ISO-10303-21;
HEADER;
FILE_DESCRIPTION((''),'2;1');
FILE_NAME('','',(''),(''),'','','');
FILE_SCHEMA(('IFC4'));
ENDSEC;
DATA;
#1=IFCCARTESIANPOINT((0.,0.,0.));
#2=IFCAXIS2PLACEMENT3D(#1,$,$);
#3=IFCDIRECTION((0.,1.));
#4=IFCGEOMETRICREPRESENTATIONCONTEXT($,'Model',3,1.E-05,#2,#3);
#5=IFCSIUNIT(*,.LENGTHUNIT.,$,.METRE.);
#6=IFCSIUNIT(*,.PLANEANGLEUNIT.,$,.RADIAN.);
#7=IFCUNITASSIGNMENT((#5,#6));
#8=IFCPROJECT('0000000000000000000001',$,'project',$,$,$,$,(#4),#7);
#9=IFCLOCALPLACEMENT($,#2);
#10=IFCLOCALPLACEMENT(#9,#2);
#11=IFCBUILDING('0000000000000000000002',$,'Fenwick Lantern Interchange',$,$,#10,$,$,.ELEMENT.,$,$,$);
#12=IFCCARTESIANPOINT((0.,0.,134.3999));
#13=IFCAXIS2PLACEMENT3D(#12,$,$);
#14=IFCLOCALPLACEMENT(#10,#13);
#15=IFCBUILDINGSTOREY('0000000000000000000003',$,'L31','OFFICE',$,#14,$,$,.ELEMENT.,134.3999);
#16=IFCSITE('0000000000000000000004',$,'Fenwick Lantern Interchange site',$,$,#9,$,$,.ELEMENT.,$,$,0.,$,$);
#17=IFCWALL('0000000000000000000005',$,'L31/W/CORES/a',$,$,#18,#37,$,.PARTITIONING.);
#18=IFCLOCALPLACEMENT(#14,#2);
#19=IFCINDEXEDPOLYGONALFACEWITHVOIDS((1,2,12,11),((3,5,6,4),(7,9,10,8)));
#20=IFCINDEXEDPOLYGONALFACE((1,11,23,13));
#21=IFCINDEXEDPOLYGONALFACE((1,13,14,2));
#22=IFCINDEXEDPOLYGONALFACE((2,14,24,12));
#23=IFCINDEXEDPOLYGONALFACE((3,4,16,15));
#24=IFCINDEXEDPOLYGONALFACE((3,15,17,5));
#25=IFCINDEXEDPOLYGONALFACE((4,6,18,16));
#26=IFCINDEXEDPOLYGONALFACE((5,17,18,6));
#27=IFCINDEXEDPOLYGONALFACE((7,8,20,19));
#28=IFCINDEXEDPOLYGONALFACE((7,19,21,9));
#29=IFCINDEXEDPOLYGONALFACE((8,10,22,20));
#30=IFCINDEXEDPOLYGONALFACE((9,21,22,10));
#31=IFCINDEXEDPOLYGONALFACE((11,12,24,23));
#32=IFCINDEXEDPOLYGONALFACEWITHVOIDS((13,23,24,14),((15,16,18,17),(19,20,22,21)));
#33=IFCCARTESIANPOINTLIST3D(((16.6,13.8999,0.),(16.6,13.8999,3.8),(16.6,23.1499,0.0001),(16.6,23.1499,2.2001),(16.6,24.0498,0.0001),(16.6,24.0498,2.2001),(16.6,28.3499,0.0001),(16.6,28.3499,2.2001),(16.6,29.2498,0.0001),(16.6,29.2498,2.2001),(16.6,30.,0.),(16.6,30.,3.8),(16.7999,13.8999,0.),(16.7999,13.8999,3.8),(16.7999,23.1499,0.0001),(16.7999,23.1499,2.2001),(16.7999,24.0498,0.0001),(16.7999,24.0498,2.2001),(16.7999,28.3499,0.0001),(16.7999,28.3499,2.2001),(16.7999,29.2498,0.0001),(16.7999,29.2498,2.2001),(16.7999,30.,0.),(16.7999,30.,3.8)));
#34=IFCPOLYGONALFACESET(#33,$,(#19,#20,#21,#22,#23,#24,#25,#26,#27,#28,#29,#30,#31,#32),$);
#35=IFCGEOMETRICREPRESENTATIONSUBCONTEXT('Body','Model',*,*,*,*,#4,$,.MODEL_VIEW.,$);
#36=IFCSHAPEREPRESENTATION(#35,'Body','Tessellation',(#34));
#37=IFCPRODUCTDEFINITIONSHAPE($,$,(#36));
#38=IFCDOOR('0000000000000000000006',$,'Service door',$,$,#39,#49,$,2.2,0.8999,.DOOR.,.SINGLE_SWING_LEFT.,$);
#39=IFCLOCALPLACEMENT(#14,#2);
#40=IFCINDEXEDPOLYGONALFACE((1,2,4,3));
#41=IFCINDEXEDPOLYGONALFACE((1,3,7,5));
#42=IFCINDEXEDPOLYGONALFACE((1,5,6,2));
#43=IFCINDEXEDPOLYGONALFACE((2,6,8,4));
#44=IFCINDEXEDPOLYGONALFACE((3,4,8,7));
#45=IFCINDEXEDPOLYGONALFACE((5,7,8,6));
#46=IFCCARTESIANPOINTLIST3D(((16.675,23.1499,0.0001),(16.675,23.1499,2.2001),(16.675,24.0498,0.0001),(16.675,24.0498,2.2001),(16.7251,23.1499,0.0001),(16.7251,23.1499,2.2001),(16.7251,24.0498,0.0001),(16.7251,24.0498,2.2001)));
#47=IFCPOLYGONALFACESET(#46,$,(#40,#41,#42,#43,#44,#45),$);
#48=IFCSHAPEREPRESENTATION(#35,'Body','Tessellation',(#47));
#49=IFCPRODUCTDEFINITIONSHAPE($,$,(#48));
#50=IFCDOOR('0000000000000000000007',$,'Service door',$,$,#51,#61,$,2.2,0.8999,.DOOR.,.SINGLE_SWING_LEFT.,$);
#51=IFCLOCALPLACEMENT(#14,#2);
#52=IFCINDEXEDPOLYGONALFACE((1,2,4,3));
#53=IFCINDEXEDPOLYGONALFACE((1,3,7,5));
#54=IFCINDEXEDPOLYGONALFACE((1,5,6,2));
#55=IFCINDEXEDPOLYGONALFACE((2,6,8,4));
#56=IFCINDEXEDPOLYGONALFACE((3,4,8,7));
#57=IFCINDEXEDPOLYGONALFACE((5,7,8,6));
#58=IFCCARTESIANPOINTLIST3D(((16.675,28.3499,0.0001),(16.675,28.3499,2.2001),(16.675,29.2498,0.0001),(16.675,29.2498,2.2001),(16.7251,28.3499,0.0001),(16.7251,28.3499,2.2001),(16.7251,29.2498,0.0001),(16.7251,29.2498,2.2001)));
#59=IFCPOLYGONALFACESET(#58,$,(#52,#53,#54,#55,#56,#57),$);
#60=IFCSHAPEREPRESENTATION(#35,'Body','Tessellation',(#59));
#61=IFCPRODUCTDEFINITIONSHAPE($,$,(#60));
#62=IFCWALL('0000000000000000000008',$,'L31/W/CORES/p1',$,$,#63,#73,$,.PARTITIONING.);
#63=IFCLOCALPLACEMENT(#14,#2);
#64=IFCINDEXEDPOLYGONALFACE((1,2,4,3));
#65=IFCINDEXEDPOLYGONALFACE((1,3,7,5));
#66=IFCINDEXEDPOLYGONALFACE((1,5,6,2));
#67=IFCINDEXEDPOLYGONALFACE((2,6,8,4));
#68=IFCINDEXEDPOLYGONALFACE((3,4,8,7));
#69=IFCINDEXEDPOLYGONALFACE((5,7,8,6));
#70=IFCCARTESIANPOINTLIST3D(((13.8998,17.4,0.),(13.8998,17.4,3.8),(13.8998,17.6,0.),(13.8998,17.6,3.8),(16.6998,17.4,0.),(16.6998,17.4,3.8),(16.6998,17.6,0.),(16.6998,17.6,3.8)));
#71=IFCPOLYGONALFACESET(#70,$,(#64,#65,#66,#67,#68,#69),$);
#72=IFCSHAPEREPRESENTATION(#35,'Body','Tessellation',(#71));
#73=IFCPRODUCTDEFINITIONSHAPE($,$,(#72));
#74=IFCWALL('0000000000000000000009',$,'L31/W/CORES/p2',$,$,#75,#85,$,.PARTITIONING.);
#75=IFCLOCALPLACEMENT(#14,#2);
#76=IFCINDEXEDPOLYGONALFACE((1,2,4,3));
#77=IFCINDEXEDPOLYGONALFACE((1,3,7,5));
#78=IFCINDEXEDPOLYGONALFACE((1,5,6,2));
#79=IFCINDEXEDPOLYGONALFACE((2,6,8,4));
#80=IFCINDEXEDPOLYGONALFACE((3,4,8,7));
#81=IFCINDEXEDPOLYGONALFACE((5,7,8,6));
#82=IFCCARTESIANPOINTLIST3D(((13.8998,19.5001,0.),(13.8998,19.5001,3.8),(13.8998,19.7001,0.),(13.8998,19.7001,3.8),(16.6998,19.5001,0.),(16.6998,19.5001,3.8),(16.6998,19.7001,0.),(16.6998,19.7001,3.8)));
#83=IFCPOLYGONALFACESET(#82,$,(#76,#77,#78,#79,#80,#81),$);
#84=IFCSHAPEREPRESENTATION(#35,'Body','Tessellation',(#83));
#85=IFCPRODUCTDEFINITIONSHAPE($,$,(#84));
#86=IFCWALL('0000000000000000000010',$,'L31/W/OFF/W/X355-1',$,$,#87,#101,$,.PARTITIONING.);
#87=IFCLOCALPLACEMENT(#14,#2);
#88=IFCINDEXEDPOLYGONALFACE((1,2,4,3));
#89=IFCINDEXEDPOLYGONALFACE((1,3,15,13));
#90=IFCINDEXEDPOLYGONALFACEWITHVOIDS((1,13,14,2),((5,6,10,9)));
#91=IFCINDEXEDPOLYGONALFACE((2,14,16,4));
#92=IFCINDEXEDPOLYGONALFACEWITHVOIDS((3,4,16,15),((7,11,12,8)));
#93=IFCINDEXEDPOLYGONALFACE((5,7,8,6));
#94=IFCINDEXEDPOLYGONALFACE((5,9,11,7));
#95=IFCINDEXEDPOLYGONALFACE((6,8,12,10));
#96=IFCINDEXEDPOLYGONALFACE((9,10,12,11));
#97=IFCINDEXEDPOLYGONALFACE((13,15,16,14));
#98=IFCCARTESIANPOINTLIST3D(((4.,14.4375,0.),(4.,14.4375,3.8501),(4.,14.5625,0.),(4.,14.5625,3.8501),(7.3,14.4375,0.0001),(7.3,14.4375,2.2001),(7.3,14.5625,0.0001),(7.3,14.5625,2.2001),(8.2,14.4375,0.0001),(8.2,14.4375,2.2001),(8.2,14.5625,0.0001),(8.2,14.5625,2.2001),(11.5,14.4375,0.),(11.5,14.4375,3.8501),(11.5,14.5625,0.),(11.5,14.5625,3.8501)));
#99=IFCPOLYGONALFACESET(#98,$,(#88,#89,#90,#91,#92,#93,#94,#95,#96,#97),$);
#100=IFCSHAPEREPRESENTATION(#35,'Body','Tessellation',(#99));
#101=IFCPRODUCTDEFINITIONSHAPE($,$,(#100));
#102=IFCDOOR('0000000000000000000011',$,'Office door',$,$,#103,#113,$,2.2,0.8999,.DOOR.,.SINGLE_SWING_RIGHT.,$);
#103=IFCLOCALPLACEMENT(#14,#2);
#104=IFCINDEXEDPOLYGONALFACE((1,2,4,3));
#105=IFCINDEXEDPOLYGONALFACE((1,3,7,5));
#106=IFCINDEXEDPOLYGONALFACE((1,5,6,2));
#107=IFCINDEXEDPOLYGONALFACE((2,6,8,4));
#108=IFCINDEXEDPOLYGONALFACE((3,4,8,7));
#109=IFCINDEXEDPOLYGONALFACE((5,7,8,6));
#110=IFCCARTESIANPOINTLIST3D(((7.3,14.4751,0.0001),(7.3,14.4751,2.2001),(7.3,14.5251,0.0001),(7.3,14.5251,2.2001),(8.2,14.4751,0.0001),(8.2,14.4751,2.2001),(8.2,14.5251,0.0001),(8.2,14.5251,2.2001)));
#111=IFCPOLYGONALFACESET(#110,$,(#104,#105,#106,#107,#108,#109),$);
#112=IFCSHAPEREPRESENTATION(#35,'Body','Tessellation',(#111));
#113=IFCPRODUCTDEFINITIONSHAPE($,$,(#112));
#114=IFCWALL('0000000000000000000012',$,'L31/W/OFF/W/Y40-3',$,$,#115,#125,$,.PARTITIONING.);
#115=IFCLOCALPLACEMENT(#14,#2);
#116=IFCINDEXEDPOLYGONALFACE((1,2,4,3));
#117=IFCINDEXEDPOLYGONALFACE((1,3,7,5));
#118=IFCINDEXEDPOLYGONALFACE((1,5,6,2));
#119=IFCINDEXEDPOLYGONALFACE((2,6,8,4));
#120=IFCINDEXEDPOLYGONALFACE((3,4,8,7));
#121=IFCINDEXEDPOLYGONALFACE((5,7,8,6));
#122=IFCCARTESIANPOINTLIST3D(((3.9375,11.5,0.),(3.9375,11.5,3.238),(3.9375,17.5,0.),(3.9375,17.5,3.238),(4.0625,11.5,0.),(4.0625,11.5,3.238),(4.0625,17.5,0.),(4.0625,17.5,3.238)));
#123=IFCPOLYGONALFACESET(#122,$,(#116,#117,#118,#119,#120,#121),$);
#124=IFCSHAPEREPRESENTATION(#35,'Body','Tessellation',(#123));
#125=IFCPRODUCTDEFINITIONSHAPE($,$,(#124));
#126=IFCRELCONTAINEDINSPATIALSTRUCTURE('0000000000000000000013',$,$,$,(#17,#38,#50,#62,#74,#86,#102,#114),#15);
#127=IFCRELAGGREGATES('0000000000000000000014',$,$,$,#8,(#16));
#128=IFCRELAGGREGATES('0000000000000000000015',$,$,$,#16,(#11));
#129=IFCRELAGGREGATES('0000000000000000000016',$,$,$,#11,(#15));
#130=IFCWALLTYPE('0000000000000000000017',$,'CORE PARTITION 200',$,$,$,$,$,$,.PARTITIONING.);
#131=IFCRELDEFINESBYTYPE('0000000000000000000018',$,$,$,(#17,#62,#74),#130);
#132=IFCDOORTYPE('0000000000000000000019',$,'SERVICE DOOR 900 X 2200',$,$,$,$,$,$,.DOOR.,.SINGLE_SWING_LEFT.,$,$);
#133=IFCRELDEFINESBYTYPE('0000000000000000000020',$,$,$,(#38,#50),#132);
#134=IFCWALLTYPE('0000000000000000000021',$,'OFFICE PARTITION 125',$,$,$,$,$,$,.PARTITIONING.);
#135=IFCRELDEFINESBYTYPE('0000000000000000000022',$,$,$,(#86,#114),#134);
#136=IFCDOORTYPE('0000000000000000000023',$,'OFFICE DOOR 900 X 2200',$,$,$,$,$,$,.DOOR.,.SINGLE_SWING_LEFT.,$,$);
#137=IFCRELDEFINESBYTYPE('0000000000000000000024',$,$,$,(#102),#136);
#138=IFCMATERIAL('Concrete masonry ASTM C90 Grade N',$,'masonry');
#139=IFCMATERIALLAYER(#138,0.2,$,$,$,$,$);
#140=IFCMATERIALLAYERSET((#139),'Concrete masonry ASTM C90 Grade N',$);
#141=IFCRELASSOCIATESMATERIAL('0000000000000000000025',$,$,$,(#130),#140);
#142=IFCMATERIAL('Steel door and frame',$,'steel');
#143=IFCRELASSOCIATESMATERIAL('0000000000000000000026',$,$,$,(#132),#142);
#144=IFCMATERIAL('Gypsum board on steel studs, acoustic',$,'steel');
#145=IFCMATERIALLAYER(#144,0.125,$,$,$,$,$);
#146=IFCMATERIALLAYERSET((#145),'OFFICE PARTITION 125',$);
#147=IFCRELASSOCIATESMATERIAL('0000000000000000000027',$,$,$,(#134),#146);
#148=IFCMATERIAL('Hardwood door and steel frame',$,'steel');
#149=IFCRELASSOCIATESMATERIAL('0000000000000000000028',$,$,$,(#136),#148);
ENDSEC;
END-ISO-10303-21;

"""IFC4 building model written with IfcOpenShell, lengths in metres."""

from ifc_helpers import new_model, si_unit, direction, frame, frame_2d, origin, place, context, subcontext, project, spatial, rectangle, extrude, material, layer, layer_set, type_object, element, fill, save


model = new_model("IFC4")

# Units and contexts
model_context = context("Model", 3, precision=1e-05, world=origin(), true_north=direction((0.0, 1.0)))
body_context = subcontext(model_context, "Body", "Model", "MODEL_VIEW")
ifc_project = project(units=[si_unit("LENGTHUNIT", "METRE"), si_unit("PLANEANGLEUNIT", "RADIAN")], contexts=[model_context])

# Site, building, storey
site_placement = place(None, origin())
site = spatial("IfcSite", under=ifc_project, at=site_placement, Name="Fenwick Lantern Interchange site", CompositionType="ELEMENT", RefElevation=0.0)
building_placement = place(site_placement, origin())
building = spatial("IfcBuilding", under=site, at=building_placement, Name="Fenwick Lantern Interchange", CompositionType="ELEMENT")
storey_placement = place(building_placement, frame((0.0, 0.0, 134.3999)))
storey = spatial("IfcBuildingStorey", under=building, at=storey_placement, Name="L31", Description="OFFICE", CompositionType="ELEMENT", Elevation=134.3999)

# Wall, openings, doors
ifc_material_1 = material(Name="Concrete masonry ASTM C90 Grade N", Category="masonry")
ifc_layer_1 = layer(ifc_material_1, 0.2)
ifc_layer_set_1 = layer_set([ifc_layer_1], Name="Concrete masonry ASTM C90 Grade N")
wall_type_1 = type_object("IfcWallType", Name="CORE PARTITION 200", PredefinedType="PARTITIONING", material=ifc_layer_set_1)
wall_1_placement = place(storey_placement, frame((16.7, 13.8999, 0.0), z_axis=(0.0, 0.0, 1.0), x_axis=(0.0, 1.0, 0.0)))
wall_1 = element("IfcWall", 1, at=wall_1_placement, inside=storey, type_object=wall_type_1, Name="L31/W/CORES/a", PredefinedType="PARTITIONING", context=body_context, shape_type="SweptSolid", body=[
    extrude(rectangle(XDim=16.1001, YDim=0.2, at=frame_2d((8.05, 0.0))), origin(), (0.0, 0.0, 1.0), 3.8),
])
opening_1_placement = place(wall_1_placement, frame((9.25, 0.0, 0.0)))
opening_1 = element("IfcOpeningElement", 2, at=opening_1_placement, cuts=wall_1, PredefinedType="OPENING", context=body_context, shape_type="SweptSolid", body=[
    extrude(rectangle(XDim=0.8999, YDim=2.2, at=frame_2d((0.45, 1.1001))), frame((0.0, 0.1099, 0.0), z_axis=(0.0, -1.0, 0.0), x_axis=(1.0, 0.0, 0.0)), (0.0, 0.0, 1.0), 0.22),
])
opening_2_placement = place(wall_1_placement, frame((14.45, 0.0, 0.0)))
opening_2 = element("IfcOpeningElement", 3, at=opening_2_placement, cuts=wall_1, PredefinedType="OPENING", context=body_context, shape_type="SweptSolid", body=[
    extrude(rectangle(XDim=0.8999, YDim=2.2, at=frame_2d((0.45, 1.1001))), frame((0.0, 0.1099, 0.0), z_axis=(0.0, -1.0, 0.0), x_axis=(1.0, 0.0, 0.0)), (0.0, 0.0, 1.0), 0.22),
])
ifc_material_2 = material(Name="Steel door and frame", Category="steel")
door_type_1 = type_object("IfcDoorType", Name="SERVICE DOOR 900 X 2200", OperationType="SINGLE_SWING_LEFT", PredefinedType="DOOR", material=ifc_material_2)
door_1_placement = place(opening_1_placement, origin())
door_1 = element("IfcDoor", 4, at=door_1_placement, inside=storey, type_object=door_type_1, Name="Service door", OperationType="SINGLE_SWING_LEFT", OverallHeight=2.2, OverallWidth=0.8999, PredefinedType="DOOR", context=body_context, shape_type="SweptSolid", body=[
    extrude(rectangle(XDim=0.8999, YDim=2.2, at=frame_2d((0.45, 1.1001))), frame((0.0, 0.0249, 0.0), z_axis=(0.0, -1.0, 0.0), x_axis=(1.0, 0.0, 0.0)), (0.0, 0.0, 1.0), 0.05),
])
fill(opening_1, door_1)
door_2_placement = place(opening_2_placement, origin())
door_2 = element("IfcDoor", 5, at=door_2_placement, inside=storey, type_object=door_type_1, Name="Service door", OperationType="SINGLE_SWING_LEFT", OverallHeight=2.2, OverallWidth=0.8999, PredefinedType="DOOR", context=body_context, shape_type="SweptSolid", body=[
    extrude(rectangle(XDim=0.8999, YDim=2.2, at=frame_2d((0.45, 1.1001))), frame((0.0, 0.0249, 0.0), z_axis=(0.0, -1.0, 0.0), x_axis=(1.0, 0.0, 0.0)), (0.0, 0.0, 1.0), 0.05),
])
fill(opening_2, door_2)

# Walls
for number, where, z_axis, x_axis, name in (
    (6, (13.8999, 17.5, 0.0), (0.0, 0.0, 1.0), (1.0, 0.0, 0.0), "L31/W/CORES/p1"),
    (7, (13.8999, 19.6001, 0.0), (0.0, 0.0, 1.0), (1.0, 0.0, 0.0), "L31/W/CORES/p2"),
):
    element("IfcWall", number, at=place(storey_placement, frame(where, z_axis=z_axis, x_axis=x_axis)), inside=storey, type_object=wall_type_1, Name=name, PredefinedType="PARTITIONING", context=body_context, shape_type="SweptSolid", body=[
        extrude(rectangle(XDim=2.8, YDim=0.2, at=frame_2d((1.3999, 0.0))), origin(), (0.0, 0.0, 1.0), 3.8),
    ])

# Shared definitions
ifc_material_3 = material(Name="Hardwood door and steel frame", Category="steel")

# Wall, opening, door
ifc_material_4 = material(Name="Gypsum board on steel studs, acoustic", Category="steel")
ifc_layer_2 = layer(ifc_material_4, 0.125)
ifc_layer_set_2 = layer_set([ifc_layer_2], Name="OFFICE PARTITION 125")
wall_type_2 = type_object("IfcWallType", Name="OFFICE PARTITION 125", PredefinedType="PARTITIONING", material=ifc_layer_set_2)
wall_2_placement = place(storey_placement, frame((4.0, 14.5, 0.0), z_axis=(0.0, 0.0, 1.0), x_axis=(1.0, 0.0, 0.0)))
wall_2 = element("IfcWall", 8, at=wall_2_placement, inside=storey, type_object=wall_type_2, Name="L31/W/OFF/W/X355-1", PredefinedType="PARTITIONING", context=body_context, shape_type="SweptSolid", body=[
    extrude(rectangle(XDim=7.5, YDim=0.125, at=frame_2d((3.75, 0.0))), origin(), (0.0, 0.0, 1.0), 3.8501),
])
opening_3_placement = place(wall_2_placement, frame((3.3, 0.0, 0.0)))
opening_3 = element("IfcOpeningElement", 9, at=opening_3_placement, cuts=wall_2, PredefinedType="OPENING", context=body_context, shape_type="SweptSolid", body=[
    extrude(rectangle(XDim=0.8999, YDim=2.2, at=frame_2d((0.45, 1.1001))), frame((0.0, 0.0725, 0.0), z_axis=(0.0, -1.0, 0.0), x_axis=(1.0, 0.0, 0.0)), (0.0, 0.0, 1.0), 0.145),
])
door_type_2 = type_object("IfcDoorType", Name="OFFICE DOOR 900 X 2200", OperationType="SINGLE_SWING_LEFT", PredefinedType="DOOR", material=ifc_material_3)
door_3_placement = place(opening_3_placement, frame((0.8999, 0.0, 0.0), z_axis=(0.0, 0.0, 1.0), x_axis=(-1.0, 0.0, 0.0)))
door_3 = element("IfcDoor", 10, at=door_3_placement, inside=storey, type_object=door_type_2, Name="Office door", OperationType="SINGLE_SWING_RIGHT", OverallHeight=2.2, OverallWidth=0.8999, PredefinedType="DOOR", context=body_context, shape_type="SweptSolid", body=[
    extrude(rectangle(XDim=0.8999, YDim=2.2, at=frame_2d((0.45, 1.1001))), frame((0.0, 0.0249, 0.0), z_axis=(0.0, -1.0, 0.0), x_axis=(1.0, 0.0, 0.0)), (0.0, 0.0, 1.0), 0.05),
])
fill(opening_3, door_3)

# Wall
wall_3_placement = place(storey_placement, frame((4.0, 17.5, 0.0), z_axis=(0.0, 0.0, 1.0), x_axis=(0.0, -1.0, 0.0)))
element("IfcWall", 11, at=wall_3_placement, inside=storey, type_object=wall_type_2, Name="L31/W/OFF/W/Y40-3", PredefinedType="PARTITIONING", context=body_context, shape_type="SweptSolid", body=[
    extrude(rectangle(XDim=6.0, YDim=0.125, at=frame_2d((3.0, 0.0))), origin(), (0.0, 0.0, 1.0), 3.238),
])

save(model, "model.ifc")
